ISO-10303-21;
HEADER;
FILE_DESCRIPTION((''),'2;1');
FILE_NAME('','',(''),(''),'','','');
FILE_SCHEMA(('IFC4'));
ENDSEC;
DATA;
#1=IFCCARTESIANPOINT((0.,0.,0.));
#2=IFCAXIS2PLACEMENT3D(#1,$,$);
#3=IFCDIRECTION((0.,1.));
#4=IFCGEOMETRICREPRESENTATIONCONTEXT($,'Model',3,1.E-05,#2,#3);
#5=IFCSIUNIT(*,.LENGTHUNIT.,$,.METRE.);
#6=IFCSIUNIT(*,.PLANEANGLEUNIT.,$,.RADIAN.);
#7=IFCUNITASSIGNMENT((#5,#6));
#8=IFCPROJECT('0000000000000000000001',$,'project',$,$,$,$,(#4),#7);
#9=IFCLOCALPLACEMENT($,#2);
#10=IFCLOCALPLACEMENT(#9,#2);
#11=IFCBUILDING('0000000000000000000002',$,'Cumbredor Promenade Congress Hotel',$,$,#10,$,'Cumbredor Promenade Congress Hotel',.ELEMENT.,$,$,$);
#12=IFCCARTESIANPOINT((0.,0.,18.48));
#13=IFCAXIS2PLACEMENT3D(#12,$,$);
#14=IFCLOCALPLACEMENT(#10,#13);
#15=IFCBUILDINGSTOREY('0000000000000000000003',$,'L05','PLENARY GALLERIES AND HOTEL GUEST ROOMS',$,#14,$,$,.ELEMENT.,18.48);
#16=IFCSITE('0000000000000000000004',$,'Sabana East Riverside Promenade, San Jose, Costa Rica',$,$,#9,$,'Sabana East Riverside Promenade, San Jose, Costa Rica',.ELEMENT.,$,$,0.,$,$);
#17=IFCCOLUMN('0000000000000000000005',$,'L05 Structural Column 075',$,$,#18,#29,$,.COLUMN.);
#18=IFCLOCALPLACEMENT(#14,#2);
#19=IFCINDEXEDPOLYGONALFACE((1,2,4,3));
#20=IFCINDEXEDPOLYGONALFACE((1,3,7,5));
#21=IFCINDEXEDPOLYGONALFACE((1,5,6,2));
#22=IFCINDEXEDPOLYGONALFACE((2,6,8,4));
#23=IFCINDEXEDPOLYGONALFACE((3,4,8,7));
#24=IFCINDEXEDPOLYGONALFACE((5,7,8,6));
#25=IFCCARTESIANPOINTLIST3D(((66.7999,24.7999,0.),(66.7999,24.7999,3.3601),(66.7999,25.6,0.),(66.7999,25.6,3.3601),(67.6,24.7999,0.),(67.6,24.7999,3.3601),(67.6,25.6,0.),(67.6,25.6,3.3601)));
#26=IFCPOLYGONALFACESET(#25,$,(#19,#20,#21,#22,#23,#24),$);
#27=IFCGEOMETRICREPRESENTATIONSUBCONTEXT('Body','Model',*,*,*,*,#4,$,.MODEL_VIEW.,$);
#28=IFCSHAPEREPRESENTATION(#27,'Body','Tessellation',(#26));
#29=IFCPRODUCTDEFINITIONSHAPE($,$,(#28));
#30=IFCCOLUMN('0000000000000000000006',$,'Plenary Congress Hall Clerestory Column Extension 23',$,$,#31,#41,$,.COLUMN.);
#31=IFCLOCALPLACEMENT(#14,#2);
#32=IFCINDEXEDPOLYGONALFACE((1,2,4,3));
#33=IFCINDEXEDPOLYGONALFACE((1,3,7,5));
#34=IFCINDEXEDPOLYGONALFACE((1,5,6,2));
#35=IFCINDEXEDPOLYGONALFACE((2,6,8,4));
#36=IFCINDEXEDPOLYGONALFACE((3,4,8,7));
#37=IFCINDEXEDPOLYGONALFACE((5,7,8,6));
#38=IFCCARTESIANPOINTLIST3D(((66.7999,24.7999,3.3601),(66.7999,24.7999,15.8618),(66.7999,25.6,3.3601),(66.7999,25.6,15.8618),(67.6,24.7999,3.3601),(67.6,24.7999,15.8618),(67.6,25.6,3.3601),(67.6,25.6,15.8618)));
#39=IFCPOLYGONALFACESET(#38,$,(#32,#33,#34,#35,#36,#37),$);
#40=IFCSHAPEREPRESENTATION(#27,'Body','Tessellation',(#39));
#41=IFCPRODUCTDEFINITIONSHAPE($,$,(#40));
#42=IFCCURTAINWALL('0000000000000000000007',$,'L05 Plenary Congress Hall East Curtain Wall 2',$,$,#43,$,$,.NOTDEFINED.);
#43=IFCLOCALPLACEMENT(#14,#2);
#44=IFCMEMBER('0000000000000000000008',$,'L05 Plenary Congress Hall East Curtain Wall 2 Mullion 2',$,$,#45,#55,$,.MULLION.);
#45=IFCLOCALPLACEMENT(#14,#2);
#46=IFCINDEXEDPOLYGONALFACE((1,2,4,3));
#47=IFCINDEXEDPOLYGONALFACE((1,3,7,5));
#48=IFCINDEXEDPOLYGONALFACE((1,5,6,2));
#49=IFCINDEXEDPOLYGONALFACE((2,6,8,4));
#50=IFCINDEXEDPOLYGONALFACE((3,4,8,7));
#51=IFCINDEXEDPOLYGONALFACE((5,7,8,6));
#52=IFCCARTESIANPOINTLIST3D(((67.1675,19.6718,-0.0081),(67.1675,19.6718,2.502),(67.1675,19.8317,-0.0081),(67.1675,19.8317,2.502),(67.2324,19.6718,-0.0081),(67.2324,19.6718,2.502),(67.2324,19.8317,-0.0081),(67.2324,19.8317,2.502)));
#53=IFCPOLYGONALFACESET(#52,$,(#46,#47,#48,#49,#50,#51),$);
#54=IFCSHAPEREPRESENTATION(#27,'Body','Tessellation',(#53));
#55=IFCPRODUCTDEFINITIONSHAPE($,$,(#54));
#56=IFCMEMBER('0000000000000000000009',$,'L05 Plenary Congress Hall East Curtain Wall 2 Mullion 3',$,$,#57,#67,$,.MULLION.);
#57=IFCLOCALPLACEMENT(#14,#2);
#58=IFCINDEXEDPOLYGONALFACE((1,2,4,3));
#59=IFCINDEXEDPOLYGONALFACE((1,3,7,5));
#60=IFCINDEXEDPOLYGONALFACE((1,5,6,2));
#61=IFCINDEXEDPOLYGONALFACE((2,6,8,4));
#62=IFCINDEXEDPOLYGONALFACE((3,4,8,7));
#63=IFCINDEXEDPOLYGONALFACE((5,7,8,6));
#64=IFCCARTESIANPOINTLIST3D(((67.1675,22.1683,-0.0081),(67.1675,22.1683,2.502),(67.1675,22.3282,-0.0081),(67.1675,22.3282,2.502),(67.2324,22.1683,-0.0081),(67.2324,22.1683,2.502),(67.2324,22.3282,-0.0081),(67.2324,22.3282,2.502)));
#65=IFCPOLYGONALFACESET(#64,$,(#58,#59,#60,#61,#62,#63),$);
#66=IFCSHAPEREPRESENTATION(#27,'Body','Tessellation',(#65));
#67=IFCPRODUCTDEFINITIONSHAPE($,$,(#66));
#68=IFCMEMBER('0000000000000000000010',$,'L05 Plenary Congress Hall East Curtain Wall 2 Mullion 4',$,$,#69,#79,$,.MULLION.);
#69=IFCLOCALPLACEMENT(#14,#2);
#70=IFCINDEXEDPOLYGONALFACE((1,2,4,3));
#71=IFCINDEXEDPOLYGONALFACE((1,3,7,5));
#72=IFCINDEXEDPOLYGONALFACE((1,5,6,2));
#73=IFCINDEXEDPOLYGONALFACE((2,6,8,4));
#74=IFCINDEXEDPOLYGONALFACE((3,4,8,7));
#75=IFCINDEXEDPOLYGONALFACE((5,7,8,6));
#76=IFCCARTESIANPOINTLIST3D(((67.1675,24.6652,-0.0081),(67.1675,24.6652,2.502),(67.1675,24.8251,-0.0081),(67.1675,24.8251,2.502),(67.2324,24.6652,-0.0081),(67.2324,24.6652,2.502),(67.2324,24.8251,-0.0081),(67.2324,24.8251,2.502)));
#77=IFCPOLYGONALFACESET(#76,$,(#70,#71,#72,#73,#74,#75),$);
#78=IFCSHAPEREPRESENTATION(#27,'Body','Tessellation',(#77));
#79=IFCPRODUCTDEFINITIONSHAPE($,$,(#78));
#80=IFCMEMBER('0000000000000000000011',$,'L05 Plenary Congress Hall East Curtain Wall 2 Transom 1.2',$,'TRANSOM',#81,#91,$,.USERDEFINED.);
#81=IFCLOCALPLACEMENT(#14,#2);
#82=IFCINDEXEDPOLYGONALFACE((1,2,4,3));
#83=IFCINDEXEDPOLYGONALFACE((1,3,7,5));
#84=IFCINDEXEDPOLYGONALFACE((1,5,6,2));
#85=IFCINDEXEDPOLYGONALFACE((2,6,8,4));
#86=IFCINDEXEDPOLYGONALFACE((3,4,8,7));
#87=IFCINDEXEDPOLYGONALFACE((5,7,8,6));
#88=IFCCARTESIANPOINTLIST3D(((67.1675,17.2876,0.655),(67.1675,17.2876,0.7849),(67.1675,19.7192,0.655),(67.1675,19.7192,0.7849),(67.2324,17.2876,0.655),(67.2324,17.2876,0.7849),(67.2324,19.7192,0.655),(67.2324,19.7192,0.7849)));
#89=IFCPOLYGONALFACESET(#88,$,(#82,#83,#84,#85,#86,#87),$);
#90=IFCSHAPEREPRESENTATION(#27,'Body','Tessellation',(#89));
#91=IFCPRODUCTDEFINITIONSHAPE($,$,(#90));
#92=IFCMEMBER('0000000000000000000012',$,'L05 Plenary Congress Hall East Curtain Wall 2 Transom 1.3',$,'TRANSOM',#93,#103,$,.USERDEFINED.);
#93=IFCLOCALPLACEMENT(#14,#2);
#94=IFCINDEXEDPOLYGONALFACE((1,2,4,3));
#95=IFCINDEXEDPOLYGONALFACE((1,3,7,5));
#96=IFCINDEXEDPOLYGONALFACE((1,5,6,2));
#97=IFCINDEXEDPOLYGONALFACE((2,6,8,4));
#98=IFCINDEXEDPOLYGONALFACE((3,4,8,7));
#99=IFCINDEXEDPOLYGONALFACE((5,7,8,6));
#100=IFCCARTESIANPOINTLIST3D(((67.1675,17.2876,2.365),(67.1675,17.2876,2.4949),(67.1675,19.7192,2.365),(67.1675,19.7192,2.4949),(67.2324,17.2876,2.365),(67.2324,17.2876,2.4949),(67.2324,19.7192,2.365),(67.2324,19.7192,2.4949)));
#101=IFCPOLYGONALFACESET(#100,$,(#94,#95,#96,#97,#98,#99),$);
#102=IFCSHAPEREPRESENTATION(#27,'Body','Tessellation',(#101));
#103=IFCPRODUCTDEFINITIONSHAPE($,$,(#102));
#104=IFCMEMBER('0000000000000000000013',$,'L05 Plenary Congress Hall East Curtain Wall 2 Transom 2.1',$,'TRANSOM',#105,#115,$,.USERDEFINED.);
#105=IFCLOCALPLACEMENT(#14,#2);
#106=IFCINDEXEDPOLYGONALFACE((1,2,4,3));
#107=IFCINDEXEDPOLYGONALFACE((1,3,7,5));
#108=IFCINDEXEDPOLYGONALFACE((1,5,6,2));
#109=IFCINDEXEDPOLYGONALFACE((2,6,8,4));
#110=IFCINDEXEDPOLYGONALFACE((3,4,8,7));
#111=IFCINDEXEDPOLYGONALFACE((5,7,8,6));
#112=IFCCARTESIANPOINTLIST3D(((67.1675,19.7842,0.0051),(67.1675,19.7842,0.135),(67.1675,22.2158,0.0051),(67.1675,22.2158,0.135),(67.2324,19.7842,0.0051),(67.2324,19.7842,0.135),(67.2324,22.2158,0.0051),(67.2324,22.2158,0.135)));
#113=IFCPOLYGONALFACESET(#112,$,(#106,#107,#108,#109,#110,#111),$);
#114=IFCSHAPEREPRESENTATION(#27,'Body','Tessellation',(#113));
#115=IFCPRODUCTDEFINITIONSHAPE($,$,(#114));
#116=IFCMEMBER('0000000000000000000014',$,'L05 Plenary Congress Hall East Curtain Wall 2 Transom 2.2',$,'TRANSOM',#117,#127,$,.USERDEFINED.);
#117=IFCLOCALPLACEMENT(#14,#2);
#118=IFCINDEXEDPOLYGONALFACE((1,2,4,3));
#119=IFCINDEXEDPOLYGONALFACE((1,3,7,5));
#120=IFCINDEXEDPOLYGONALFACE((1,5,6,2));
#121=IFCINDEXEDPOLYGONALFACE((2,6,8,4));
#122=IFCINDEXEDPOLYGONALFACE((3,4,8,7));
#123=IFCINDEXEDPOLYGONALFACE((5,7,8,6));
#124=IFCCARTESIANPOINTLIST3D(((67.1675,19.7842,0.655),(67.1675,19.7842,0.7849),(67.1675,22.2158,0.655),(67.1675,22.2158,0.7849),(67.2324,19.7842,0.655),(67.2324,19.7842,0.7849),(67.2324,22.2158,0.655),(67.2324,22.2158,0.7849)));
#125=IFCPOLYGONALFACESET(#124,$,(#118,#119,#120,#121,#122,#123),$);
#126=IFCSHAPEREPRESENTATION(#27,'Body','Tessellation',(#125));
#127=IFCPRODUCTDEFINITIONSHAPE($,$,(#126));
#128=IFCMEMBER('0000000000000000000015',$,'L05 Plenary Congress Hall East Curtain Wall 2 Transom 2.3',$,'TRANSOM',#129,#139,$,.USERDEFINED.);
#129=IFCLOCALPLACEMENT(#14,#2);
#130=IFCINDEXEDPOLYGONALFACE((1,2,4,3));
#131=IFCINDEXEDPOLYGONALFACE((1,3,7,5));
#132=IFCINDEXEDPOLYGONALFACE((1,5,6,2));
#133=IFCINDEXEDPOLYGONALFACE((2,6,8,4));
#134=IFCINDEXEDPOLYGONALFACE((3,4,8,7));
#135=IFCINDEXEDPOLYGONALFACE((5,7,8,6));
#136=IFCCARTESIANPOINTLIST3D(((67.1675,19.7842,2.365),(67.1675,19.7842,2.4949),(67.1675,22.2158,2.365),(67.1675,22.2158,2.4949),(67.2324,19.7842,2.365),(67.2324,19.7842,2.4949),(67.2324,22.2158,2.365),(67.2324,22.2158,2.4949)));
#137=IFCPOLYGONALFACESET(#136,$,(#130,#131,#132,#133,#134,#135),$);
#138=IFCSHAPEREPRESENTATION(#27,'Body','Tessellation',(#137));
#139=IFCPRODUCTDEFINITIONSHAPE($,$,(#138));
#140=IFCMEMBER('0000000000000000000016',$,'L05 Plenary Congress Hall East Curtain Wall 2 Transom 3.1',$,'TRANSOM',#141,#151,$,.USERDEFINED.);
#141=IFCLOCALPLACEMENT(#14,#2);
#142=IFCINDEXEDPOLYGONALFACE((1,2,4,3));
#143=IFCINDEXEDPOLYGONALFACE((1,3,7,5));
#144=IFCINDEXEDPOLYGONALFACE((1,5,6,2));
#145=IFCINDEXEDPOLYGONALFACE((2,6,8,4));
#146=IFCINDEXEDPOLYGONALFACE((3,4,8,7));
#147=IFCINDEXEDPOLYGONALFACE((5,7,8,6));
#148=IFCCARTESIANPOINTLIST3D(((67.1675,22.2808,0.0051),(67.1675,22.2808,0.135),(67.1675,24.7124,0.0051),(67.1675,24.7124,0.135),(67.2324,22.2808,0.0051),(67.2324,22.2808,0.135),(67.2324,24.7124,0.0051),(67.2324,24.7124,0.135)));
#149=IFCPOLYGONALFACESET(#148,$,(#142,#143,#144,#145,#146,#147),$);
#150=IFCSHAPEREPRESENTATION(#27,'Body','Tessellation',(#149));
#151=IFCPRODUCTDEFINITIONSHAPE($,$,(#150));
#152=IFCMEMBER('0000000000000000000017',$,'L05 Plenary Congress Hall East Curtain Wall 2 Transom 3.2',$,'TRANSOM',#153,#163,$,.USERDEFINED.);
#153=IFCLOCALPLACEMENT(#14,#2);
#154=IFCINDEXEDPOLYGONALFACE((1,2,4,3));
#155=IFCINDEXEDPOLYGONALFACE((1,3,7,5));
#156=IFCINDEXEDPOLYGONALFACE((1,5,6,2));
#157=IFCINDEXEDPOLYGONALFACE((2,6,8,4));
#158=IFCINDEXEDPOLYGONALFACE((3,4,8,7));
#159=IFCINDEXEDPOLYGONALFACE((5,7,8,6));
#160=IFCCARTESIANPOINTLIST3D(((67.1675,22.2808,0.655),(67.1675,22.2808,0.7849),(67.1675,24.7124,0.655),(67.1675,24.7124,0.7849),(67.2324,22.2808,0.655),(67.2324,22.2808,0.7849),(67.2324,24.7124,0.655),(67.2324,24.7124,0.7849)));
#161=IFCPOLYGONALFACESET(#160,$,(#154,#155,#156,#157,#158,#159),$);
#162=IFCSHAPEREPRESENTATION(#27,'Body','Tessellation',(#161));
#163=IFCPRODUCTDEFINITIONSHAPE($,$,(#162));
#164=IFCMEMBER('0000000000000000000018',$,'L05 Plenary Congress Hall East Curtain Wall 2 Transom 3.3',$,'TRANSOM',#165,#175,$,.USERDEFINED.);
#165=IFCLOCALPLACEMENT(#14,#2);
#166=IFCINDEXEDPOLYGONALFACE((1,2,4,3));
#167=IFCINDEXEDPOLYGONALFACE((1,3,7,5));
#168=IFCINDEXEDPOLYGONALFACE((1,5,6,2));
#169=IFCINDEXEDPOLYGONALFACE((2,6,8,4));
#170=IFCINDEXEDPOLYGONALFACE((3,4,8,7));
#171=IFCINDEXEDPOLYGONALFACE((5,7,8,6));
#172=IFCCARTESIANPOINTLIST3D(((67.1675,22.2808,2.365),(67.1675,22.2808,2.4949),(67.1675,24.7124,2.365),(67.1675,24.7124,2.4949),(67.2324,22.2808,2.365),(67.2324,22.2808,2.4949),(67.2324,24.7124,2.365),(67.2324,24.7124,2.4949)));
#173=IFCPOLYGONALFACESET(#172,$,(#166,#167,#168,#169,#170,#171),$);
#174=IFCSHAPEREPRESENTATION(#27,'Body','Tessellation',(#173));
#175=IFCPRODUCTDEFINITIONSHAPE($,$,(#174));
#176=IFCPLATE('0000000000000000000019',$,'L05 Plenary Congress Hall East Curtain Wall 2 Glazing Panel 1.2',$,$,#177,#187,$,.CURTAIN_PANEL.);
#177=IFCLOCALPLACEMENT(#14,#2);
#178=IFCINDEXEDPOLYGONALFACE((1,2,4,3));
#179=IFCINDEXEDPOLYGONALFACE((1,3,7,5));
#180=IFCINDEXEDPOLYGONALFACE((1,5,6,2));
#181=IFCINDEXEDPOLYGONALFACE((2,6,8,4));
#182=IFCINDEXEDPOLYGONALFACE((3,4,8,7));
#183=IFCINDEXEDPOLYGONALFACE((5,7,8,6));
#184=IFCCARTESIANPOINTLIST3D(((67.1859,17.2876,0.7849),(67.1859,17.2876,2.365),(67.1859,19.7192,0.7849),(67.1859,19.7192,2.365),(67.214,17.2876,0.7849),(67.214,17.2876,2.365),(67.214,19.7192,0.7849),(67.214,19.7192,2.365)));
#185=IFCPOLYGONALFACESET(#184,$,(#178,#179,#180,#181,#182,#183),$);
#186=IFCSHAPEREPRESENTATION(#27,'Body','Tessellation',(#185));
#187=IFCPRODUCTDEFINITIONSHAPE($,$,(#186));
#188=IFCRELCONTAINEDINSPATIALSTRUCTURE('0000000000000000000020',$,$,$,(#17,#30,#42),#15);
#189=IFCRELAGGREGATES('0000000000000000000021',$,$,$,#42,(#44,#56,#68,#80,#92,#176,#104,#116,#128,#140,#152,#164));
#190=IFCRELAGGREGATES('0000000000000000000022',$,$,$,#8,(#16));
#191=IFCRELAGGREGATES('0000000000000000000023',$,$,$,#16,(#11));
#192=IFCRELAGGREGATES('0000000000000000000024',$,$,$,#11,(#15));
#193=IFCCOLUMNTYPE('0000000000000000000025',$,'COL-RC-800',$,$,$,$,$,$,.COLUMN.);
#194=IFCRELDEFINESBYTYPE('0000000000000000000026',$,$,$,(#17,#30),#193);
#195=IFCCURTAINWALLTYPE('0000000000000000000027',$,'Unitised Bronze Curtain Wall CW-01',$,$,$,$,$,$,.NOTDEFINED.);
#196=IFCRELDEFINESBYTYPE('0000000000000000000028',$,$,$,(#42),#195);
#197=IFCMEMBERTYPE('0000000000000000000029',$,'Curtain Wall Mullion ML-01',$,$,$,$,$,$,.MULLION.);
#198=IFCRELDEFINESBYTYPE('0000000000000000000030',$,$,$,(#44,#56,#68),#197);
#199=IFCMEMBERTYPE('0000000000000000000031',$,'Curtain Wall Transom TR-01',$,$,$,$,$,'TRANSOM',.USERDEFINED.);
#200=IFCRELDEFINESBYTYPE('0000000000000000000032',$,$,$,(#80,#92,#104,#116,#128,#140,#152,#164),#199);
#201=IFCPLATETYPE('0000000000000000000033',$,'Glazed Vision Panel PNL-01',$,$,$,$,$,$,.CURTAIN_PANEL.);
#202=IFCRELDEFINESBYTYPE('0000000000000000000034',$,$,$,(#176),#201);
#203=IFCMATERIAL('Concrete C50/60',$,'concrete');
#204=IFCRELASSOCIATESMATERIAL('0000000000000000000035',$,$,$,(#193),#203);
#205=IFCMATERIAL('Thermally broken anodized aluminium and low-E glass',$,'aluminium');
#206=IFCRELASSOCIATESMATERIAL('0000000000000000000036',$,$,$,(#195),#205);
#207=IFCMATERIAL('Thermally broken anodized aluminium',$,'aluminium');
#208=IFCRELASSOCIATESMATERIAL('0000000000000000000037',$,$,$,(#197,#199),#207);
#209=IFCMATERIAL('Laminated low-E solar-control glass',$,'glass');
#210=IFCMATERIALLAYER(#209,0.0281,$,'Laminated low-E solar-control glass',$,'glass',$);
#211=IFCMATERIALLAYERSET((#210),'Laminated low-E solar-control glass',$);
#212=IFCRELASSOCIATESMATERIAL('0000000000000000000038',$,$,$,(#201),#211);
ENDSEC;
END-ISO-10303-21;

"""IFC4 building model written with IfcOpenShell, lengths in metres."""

from ifc_helpers import new_model, si_unit, direction, frame, origin, origin_2d, place, context, subcontext, project, spatial, rectangle, extrude, material, layer, layer_set, material_profile, profile_set, type_object, element, aggregate, save


model = new_model("IFC4")

# Units and contexts
model_context = context("Model", 3, precision=1e-05, world=origin(), true_north=direction((0.0, 1.0)))
body_context = subcontext(model_context, "Body", "Model", "MODEL_VIEW")
ifc_project = project(units=[si_unit("LENGTHUNIT", "METRE"), si_unit("PLANEANGLEUNIT", "RADIAN")], contexts=[model_context])

# Site, building, storey
site_placement = place(None, origin())
site = spatial("IfcSite", under=ifc_project, at=site_placement, Name="Sabana East Riverside Promenade, San Jose, Costa Rica", LongName="Sabana East Riverside Promenade, San Jose, Costa Rica", CompositionType="ELEMENT", RefElevation=0.0)
building_placement = place(site_placement, origin())
building = spatial("IfcBuilding", under=site, at=building_placement, Name="Cumbredor Promenade Congress Hotel", LongName="Cumbredor Promenade Congress Hotel", CompositionType="ELEMENT")
storey_placement = place(building_placement, frame((0.0, 0.0, 18.48)))
storey = spatial("IfcBuildingStorey", under=building, at=storey_placement, Name="L05", Description="PLENARY GALLERIES AND HOTEL GUEST ROOMS", CompositionType="ELEMENT", Elevation=18.48)

# Columns
ifc_material_1 = material(Name="Concrete C50/60", Category="concrete")
ifc_material_profile_1 = material_profile(ifc_material_1, rectangle(XDim=0.8, YDim=0.8, at=origin_2d()), Name="RC 800x800")
ifc_profile_set_1 = profile_set([ifc_material_profile_1], Name="Concrete C50/60")
column_type = type_object("IfcColumnType", Name="COL-RC-800", PredefinedType="COLUMN", material=ifc_profile_set_1)
column_1_placement = place(storey_placement, frame((67.2, 25.2, 0.0), z_axis=(0.0, 0.0, 1.0), x_axis=(1.0, 0.0, 0.0)))
element("IfcColumn", 1, at=column_1_placement, inside=storey, type_object=column_type, Name="L05 Structural Column 075", PredefinedType="COLUMN", context=body_context, shape_type="SweptSolid", body=[
    extrude(rectangle(XDim=0.8, YDim=0.8, at=origin_2d()), origin(), (0.0, 0.0, 1.0), 3.3601),
])
column_2_placement = place(storey_placement, frame((67.2, 25.2, 3.3601), z_axis=(0.0, 0.0, 1.0), x_axis=(1.0, 0.0, 0.0)))
element("IfcColumn", 2, at=column_2_placement, inside=storey, type_object=column_type, Name="Plenary Congress Hall Clerestory Column Extension 23", PredefinedType="COLUMN", context=body_context, shape_type="SweptSolid", body=[
    extrude(rectangle(XDim=0.8, YDim=0.8, at=origin_2d()), origin(), (0.0, 0.0, 1.0), 12.5017),
])

# Curtain wall, members, plate
ifc_material_2 = material(Name="Thermally broken anodized aluminium and low-E glass", Category="aluminium")
curtain_wall_type = type_object("IfcCurtainWallType", Name="Unitised Bronze Curtain Wall CW-01", PredefinedType="NOTDEFINED", material=ifc_material_2)
curtain_wall_placement = place(storey_placement, origin())
curtain_wall = element("IfcCurtainWall", 3, at=curtain_wall_placement, inside=storey, type_object=curtain_wall_type, Name="L05 Plenary Congress Hall East Curtain Wall 2", PredefinedType="NOTDEFINED")
ifc_material_3 = material(Name="Thermally broken anodized aluminium", Category="aluminium")
ifc_material_profile_2 = material_profile(ifc_material_3, rectangle(XDim=0.0649, YDim=0.1599, at=origin_2d()), Name="ALU MULLION 65x160")
ifc_profile_set_2 = profile_set([ifc_material_profile_2], Name="Thermally broken anodized aluminium")
member_type_1 = type_object("IfcMemberType", Name="Curtain Wall Mullion ML-01", PredefinedType="MULLION", material=ifc_profile_set_2)
member_1_placement = place(storey_placement, frame((67.2, 19.7517, -0.0081), z_axis=(0.0, 0.0, 1.0), x_axis=(1.0, 0.0, 0.0)))
member_1 = element("IfcMember", 4, at=member_1_placement, type_object=member_type_1, Name="L05 Plenary Congress Hall East Curtain Wall 2 Mullion 2", PredefinedType="MULLION", context=body_context, shape_type="SweptSolid", body=[
    extrude(rectangle(XDim=0.0649, YDim=0.1599, at=origin_2d()), origin(), (0.0, 0.0, 1.0), 2.51),
])
member_2_placement = place(storey_placement, frame((67.2, 22.2483, -0.0081), z_axis=(0.0, 0.0, 1.0), x_axis=(1.0, 0.0, 0.0)))
member_2 = element("IfcMember", 5, at=member_2_placement, type_object=member_type_1, Name="L05 Plenary Congress Hall East Curtain Wall 2 Mullion 3", PredefinedType="MULLION", context=body_context, shape_type="SweptSolid", body=[
    extrude(rectangle(XDim=0.0649, YDim=0.1599, at=origin_2d()), origin(), (0.0, 0.0, 1.0), 2.51),
])
member_3_placement = place(storey_placement, frame((67.2, 24.7451, -0.0081), z_axis=(0.0, 0.0, 1.0), x_axis=(1.0, 0.0, 0.0)))
member_3 = element("IfcMember", 6, at=member_3_placement, type_object=member_type_1, Name="L05 Plenary Congress Hall East Curtain Wall 2 Mullion 4", PredefinedType="MULLION", context=body_context, shape_type="SweptSolid", body=[
    extrude(rectangle(XDim=0.0649, YDim=0.1599, at=origin_2d()), origin(), (0.0, 0.0, 1.0), 2.51),
])
ifc_material_profile_3 = material_profile(ifc_material_3, rectangle(XDim=0.0649, YDim=0.1299, at=origin_2d()), Name="ALU TRANSOM 65x130")
ifc_profile_set_3 = profile_set([ifc_material_profile_3], Name="Thermally broken anodized aluminium")
member_type_2 = type_object("IfcMemberType", Name="Curtain Wall Transom TR-01", ElementType="TRANSOM", PredefinedType="USERDEFINED", material=ifc_profile_set_3)
member_4_placement = place(storey_placement, frame((67.2, 17.2876, 0.72), z_axis=(0.0, 1.0, 0.0), x_axis=(-1.0, 0.0, 0.0)))
member_4 = element("IfcMember", 7, at=member_4_placement, type_object=member_type_2, Name="L05 Plenary Congress Hall East Curtain Wall 2 Transom 1.2", ObjectType="TRANSOM", PredefinedType="USERDEFINED", context=body_context, shape_type="SweptSolid", body=[
    extrude(rectangle(XDim=0.0649, YDim=0.1299, at=origin_2d()), origin(), (0.0, 0.0, 1.0), 2.4316),
])
member_5_placement = place(storey_placement, frame((67.2, 17.2876, 2.4299), z_axis=(0.0, 1.0, 0.0), x_axis=(-1.0, 0.0, 0.0)))
member_5 = element("IfcMember", 8, at=member_5_placement, type_object=member_type_2, Name="L05 Plenary Congress Hall East Curtain Wall 2 Transom 1.3", ObjectType="TRANSOM", PredefinedType="USERDEFINED", context=body_context, shape_type="SweptSolid", body=[
    extrude(rectangle(XDim=0.0649, YDim=0.1299, at=origin_2d()), origin(), (0.0, 0.0, 1.0), 2.4316),
])
member_6_placement = place(storey_placement, frame((67.2, 19.7842, 0.0701), z_axis=(0.0, 1.0, 0.0), x_axis=(-1.0, 0.0, 0.0)))
member_6 = element("IfcMember", 9, at=member_6_placement, type_object=member_type_2, Name="L05 Plenary Congress Hall East Curtain Wall 2 Transom 2.1", ObjectType="TRANSOM", PredefinedType="USERDEFINED", context=body_context, shape_type="SweptSolid", body=[
    extrude(rectangle(XDim=0.0649, YDim=0.1299, at=origin_2d()), origin(), (0.0, 0.0, 1.0), 2.4316),
])
member_7_placement = place(storey_placement, frame((67.2, 19.7842, 0.72), z_axis=(0.0, 1.0, 0.0), x_axis=(-1.0, 0.0, 0.0)))
member_7 = element("IfcMember", 10, at=member_7_placement, type_object=member_type_2, Name="L05 Plenary Congress Hall East Curtain Wall 2 Transom 2.2", ObjectType="TRANSOM", PredefinedType="USERDEFINED", context=body_context, shape_type="SweptSolid", body=[
    extrude(rectangle(XDim=0.0649, YDim=0.1299, at=origin_2d()), origin(), (0.0, 0.0, 1.0), 2.4316),
])
member_8_placement = place(storey_placement, frame((67.2, 19.7842, 2.4299), z_axis=(0.0, 1.0, 0.0), x_axis=(-1.0, 0.0, 0.0)))
member_8 = element("IfcMember", 11, at=member_8_placement, type_object=member_type_2, Name="L05 Plenary Congress Hall East Curtain Wall 2 Transom 2.3", ObjectType="TRANSOM", PredefinedType="USERDEFINED", context=body_context, shape_type="SweptSolid", body=[
    extrude(rectangle(XDim=0.0649, YDim=0.1299, at=origin_2d()), origin(), (0.0, 0.0, 1.0), 2.4316),
])
member_9_placement = place(storey_placement, frame((67.2, 22.2808, 0.0701), z_axis=(0.0, 1.0, 0.0), x_axis=(-1.0, 0.0, 0.0)))
member_9 = element("IfcMember", 12, at=member_9_placement, type_object=member_type_2, Name="L05 Plenary Congress Hall East Curtain Wall 2 Transom 3.1", ObjectType="TRANSOM", PredefinedType="USERDEFINED", context=body_context, shape_type="SweptSolid", body=[
    extrude(rectangle(XDim=0.0649, YDim=0.1299, at=origin_2d()), origin(), (0.0, 0.0, 1.0), 2.4316),
])
member_10_placement = place(storey_placement, frame((67.2, 22.2808, 0.72), z_axis=(0.0, 1.0, 0.0), x_axis=(-1.0, 0.0, 0.0)))
member_10 = element("IfcMember", 13, at=member_10_placement, type_object=member_type_2, Name="L05 Plenary Congress Hall East Curtain Wall 2 Transom 3.2", ObjectType="TRANSOM", PredefinedType="USERDEFINED", context=body_context, shape_type="SweptSolid", body=[
    extrude(rectangle(XDim=0.0649, YDim=0.1299, at=origin_2d()), origin(), (0.0, 0.0, 1.0), 2.4316),
])
member_11_placement = place(storey_placement, frame((67.2, 22.2808, 2.4299), z_axis=(0.0, 1.0, 0.0), x_axis=(-1.0, 0.0, 0.0)))
member_11 = element("IfcMember", 14, at=member_11_placement, type_object=member_type_2, Name="L05 Plenary Congress Hall East Curtain Wall 2 Transom 3.3", ObjectType="TRANSOM", PredefinedType="USERDEFINED", context=body_context, shape_type="SweptSolid", body=[
    extrude(rectangle(XDim=0.0649, YDim=0.1299, at=origin_2d()), origin(), (0.0, 0.0, 1.0), 2.4316),
])
ifc_material_4 = material(Name="Laminated low-E solar-control glass", Category="glass")
ifc_layer_1 = layer(ifc_material_4, 0.0281, Name="Laminated low-E solar-control glass", Category="glass")
ifc_layer_set_1 = layer_set([ifc_layer_1], Name="Laminated low-E solar-control glass")
plate_type_1 = type_object("IfcPlateType", Name="Glazed Vision Panel PNL-01", PredefinedType="CURTAIN_PANEL", material=ifc_layer_set_1)
plate_1_placement = place(storey_placement, frame((67.2, 18.5034, 0.7849), z_axis=(0.0, 0.0, 1.0), x_axis=(0.0, 1.0, 0.0)))
plate_1 = element("IfcPlate", 15, at=plate_1_placement, type_object=plate_type_1, Name="L05 Plenary Congress Hall East Curtain Wall 2 Glazing Panel 1.2", PredefinedType="CURTAIN_PANEL", context=body_context, shape_type="SweptSolid", body=[
    extrude(rectangle(XDim=2.4316, YDim=0.0281, at=origin_2d()), origin(), (0.0, 0.0, 1.0), 1.5801),
])
aggregate(curtain_wall, [member_1, member_2, member_3, member_4, member_5, plate_1, member_6, member_7, member_8, member_9, member_10, member_11])

save(model, "model.ifc")
